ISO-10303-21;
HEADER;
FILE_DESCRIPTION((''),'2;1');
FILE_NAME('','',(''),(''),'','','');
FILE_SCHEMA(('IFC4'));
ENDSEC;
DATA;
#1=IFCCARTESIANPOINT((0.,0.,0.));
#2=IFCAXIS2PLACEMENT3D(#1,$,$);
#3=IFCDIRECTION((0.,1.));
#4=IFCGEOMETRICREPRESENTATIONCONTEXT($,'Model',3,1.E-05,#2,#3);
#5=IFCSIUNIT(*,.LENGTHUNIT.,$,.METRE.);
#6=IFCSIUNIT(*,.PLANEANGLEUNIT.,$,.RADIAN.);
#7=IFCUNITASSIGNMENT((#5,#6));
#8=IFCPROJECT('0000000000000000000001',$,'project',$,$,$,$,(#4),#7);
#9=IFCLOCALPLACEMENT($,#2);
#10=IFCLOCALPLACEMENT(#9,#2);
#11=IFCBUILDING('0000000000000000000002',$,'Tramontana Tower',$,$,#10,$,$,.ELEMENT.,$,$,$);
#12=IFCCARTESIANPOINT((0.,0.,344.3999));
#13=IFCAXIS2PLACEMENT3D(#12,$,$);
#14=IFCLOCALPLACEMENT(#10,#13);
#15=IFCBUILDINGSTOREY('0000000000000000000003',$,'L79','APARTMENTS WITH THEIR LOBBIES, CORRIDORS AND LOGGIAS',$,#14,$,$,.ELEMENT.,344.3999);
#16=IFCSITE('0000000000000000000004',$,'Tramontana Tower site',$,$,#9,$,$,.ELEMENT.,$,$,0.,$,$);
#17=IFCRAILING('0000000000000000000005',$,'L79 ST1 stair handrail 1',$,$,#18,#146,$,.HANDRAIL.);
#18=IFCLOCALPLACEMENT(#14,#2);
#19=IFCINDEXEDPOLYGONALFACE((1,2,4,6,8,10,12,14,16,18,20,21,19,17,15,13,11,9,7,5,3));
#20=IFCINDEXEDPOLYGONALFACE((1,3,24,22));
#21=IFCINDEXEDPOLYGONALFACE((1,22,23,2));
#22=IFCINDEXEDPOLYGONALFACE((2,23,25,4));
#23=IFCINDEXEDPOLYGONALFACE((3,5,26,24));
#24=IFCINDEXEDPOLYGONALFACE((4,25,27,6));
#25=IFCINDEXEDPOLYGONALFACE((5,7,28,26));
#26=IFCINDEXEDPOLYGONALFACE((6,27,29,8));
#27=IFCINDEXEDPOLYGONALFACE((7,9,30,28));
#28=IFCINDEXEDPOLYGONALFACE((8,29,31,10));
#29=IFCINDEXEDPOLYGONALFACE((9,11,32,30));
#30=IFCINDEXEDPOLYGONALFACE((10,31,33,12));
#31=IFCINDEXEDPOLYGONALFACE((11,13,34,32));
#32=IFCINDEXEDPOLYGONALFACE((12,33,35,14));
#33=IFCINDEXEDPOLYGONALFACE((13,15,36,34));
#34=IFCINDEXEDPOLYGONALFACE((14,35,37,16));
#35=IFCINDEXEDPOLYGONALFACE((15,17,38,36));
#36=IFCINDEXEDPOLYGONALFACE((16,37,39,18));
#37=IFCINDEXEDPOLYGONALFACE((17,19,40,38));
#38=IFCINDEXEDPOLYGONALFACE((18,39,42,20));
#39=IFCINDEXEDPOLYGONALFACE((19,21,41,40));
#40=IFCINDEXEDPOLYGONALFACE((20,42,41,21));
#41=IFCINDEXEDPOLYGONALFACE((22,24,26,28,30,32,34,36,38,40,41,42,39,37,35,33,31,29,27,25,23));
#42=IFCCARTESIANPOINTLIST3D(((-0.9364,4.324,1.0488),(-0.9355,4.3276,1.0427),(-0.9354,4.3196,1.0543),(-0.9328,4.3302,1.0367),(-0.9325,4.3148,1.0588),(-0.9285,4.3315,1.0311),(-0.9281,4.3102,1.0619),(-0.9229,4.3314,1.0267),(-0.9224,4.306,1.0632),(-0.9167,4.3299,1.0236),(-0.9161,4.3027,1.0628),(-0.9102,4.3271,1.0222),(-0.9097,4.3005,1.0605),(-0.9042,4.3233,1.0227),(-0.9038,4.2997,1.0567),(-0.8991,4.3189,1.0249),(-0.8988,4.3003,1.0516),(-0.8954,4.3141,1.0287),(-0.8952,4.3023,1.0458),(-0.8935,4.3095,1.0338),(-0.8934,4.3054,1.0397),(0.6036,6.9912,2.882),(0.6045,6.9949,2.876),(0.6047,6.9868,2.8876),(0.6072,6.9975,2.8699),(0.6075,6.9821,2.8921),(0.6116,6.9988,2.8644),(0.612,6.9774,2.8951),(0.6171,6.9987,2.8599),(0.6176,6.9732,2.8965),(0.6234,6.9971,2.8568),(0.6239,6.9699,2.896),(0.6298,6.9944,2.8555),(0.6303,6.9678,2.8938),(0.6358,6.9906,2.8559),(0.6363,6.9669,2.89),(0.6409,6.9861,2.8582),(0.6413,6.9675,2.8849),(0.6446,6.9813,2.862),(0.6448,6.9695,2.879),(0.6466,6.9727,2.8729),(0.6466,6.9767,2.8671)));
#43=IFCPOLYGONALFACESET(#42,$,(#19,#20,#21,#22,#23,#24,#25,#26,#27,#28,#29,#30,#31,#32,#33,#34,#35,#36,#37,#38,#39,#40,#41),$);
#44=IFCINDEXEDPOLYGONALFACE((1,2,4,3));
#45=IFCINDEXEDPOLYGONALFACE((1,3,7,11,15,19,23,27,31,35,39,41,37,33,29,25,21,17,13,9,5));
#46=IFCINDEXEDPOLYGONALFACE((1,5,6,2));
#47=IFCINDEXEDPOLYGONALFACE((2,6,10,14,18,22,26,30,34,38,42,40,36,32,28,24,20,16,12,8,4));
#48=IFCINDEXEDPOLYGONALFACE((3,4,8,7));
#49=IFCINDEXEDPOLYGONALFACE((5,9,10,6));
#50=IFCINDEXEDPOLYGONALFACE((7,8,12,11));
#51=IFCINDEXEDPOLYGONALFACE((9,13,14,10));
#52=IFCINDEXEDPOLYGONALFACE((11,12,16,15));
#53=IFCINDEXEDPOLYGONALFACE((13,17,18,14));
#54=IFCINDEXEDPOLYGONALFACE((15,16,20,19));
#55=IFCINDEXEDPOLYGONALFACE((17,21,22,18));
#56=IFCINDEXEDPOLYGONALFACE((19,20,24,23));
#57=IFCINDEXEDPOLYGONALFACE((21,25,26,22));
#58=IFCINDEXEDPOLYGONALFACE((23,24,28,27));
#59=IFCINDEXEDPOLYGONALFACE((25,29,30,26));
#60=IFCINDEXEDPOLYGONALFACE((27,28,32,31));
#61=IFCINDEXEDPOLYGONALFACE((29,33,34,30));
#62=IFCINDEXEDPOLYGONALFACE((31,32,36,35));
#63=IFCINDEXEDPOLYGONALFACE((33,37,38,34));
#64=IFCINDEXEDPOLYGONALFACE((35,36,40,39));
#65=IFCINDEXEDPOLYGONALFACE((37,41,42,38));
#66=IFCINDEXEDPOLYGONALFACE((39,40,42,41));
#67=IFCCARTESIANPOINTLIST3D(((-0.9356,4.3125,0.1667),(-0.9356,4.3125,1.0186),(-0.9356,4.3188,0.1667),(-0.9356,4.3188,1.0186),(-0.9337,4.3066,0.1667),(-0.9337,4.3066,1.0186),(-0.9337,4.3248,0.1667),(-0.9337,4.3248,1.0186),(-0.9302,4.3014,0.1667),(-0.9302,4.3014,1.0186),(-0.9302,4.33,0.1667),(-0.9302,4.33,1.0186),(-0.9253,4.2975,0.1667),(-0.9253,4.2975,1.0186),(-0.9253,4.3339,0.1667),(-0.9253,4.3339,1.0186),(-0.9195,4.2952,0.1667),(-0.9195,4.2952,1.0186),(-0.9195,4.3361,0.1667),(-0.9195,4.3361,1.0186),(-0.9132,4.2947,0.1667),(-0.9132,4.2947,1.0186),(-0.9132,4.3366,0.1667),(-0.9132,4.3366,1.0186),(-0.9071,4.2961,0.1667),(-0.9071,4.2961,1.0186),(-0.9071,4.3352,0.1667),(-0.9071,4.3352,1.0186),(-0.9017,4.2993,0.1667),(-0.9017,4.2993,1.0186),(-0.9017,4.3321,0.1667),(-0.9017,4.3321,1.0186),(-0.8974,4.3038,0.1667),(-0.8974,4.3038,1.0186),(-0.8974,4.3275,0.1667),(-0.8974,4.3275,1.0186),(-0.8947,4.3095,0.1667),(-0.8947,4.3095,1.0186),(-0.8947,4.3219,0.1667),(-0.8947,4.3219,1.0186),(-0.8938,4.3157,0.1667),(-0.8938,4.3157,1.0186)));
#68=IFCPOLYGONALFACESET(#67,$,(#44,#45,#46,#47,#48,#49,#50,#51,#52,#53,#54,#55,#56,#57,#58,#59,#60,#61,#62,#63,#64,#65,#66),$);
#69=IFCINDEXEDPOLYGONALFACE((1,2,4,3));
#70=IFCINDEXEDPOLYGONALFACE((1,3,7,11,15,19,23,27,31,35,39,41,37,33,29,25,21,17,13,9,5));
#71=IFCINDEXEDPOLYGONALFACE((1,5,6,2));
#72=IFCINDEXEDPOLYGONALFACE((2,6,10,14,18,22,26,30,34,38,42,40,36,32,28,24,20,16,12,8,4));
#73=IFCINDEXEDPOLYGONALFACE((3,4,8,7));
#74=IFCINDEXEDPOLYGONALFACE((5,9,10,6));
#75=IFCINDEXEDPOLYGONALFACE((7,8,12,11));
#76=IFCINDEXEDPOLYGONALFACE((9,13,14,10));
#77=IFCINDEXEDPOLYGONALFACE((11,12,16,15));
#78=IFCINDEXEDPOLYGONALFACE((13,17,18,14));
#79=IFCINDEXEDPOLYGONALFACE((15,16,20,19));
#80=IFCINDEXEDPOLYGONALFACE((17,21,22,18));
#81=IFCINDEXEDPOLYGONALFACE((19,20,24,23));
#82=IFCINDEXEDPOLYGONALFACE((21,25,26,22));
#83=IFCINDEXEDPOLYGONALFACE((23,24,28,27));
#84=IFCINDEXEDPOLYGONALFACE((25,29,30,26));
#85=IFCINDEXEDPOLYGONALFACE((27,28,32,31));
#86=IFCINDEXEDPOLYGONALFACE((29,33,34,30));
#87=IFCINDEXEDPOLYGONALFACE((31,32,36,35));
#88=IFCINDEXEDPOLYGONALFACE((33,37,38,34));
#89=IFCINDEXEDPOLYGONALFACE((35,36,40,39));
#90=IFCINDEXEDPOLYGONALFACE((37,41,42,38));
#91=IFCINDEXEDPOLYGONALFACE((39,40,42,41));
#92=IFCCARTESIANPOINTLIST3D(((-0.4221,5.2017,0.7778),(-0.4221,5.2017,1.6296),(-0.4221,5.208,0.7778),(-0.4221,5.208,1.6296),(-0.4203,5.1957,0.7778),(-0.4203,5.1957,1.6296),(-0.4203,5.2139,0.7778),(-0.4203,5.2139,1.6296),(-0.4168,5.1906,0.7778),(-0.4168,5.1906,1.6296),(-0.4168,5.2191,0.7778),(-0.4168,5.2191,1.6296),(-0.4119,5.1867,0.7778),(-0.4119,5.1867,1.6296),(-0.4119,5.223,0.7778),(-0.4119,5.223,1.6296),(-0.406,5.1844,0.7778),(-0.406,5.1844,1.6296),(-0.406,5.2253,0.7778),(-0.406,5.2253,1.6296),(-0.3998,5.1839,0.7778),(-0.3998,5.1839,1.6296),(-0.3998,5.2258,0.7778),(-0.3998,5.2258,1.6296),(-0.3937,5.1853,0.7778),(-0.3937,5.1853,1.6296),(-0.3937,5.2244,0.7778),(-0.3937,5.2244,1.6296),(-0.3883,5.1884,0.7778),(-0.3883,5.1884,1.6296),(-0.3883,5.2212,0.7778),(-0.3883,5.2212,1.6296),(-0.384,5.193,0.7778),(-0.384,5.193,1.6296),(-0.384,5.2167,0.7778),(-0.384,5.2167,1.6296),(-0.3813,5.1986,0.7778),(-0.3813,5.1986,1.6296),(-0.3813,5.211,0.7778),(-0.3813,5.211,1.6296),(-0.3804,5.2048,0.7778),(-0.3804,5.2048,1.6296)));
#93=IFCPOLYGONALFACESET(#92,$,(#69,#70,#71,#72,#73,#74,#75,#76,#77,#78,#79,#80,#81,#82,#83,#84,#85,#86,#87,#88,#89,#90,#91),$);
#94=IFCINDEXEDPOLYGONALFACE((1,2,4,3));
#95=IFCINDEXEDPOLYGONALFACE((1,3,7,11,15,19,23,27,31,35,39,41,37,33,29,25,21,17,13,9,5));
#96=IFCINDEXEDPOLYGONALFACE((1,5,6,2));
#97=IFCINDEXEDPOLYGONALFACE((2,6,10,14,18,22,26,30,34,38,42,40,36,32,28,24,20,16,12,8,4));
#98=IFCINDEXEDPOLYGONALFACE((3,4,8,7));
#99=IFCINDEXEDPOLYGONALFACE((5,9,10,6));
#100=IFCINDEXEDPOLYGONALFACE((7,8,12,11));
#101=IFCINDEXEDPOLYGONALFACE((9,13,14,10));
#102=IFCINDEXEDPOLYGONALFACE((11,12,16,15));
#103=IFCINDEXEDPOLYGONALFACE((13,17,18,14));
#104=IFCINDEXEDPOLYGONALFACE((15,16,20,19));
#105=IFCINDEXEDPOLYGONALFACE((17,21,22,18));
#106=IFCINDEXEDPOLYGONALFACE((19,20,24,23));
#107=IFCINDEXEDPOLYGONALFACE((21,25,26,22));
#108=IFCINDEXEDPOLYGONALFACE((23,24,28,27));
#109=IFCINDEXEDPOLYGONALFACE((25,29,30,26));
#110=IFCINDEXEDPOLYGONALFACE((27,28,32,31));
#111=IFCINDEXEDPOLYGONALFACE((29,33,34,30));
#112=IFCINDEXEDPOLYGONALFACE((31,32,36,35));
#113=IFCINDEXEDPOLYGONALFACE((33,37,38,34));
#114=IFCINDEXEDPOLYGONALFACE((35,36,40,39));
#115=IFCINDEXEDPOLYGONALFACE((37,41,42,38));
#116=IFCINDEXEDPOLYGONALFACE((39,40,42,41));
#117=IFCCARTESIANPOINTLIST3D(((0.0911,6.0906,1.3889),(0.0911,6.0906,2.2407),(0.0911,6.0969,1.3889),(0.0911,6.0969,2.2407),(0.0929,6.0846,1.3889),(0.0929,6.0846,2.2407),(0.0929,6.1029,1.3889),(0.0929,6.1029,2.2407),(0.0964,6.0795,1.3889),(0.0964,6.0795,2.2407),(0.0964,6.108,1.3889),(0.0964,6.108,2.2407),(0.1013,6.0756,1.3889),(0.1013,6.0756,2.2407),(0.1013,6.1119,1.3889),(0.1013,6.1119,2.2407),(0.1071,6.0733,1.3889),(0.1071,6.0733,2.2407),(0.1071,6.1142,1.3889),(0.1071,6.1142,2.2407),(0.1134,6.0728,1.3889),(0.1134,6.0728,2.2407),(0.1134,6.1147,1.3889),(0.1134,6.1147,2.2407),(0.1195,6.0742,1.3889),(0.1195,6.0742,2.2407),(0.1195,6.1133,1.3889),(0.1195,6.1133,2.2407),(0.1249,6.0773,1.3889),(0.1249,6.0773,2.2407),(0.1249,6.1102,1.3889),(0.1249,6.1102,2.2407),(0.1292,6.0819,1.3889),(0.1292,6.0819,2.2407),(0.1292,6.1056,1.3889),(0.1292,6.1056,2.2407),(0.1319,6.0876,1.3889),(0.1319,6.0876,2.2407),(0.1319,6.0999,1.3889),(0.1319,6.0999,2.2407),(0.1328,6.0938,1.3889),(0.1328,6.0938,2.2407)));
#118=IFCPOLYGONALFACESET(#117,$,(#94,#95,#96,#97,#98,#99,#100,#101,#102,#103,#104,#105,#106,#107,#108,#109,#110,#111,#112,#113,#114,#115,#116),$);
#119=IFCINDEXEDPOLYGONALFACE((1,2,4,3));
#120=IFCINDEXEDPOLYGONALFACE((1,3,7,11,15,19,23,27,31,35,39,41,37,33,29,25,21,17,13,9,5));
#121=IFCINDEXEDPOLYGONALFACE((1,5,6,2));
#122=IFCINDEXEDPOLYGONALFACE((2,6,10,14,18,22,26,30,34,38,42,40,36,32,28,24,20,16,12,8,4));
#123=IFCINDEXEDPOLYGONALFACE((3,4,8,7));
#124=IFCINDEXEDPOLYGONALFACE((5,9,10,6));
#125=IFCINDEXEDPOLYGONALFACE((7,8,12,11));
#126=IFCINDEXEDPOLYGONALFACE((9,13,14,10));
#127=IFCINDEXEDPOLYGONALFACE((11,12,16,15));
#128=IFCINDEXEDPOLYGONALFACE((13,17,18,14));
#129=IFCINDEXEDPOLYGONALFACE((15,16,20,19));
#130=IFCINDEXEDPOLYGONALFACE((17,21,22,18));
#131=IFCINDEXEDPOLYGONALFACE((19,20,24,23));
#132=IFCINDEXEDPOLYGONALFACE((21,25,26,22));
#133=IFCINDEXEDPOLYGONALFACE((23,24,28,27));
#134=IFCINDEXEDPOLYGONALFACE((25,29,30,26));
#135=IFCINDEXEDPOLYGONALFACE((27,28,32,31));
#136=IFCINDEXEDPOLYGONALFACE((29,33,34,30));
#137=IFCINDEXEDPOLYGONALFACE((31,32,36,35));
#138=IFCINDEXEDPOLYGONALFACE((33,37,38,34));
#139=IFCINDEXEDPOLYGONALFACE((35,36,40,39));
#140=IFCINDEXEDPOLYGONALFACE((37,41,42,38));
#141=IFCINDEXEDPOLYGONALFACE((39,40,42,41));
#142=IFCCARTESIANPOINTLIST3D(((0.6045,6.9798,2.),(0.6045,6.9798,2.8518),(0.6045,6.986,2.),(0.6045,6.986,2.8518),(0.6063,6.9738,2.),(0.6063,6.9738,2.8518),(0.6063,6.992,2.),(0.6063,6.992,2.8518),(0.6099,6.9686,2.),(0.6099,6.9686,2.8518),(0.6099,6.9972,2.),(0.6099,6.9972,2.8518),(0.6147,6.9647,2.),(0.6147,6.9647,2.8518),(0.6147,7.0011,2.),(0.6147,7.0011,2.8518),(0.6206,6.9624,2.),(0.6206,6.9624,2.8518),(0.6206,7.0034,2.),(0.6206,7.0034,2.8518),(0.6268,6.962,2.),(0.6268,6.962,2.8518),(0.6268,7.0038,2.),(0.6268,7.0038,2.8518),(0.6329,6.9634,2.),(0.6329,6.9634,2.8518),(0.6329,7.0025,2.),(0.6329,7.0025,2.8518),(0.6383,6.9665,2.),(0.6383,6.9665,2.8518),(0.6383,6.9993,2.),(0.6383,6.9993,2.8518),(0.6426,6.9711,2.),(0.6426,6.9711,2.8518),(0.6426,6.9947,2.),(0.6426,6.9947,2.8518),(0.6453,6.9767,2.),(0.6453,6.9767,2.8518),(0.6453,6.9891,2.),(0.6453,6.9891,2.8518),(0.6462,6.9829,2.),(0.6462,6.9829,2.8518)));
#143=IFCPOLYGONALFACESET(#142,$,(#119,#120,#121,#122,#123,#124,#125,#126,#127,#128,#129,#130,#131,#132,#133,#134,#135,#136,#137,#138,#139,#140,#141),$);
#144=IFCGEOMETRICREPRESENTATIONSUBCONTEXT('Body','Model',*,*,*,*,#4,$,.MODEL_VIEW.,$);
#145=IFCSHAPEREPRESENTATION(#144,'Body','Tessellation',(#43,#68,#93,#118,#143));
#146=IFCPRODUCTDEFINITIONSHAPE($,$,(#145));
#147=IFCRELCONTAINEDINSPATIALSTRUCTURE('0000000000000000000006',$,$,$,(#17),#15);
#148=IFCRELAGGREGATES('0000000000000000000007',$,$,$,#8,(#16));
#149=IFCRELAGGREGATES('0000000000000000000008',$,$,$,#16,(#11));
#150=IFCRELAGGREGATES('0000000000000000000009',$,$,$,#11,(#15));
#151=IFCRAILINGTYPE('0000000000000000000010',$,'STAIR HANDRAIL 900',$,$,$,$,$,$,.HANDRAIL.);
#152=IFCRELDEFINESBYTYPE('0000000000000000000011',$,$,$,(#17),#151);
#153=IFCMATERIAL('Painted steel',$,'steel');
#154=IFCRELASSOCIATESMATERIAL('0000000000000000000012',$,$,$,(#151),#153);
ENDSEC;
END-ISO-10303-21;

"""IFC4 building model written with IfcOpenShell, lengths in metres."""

from ifc_helpers import new_model, si_unit, direction, frame, origin, origin_2d, place, context, subcontext, project, spatial, circle, extrude, material, type_object, element, save


model = new_model("IFC4")

# Units and contexts
model_context = context("Model", 3, precision=1e-05, world=origin(), true_north=direction((0.0, 1.0)))
body_context = subcontext(model_context, "Body", "Model", "MODEL_VIEW")
ifc_project = project(units=[si_unit("LENGTHUNIT", "METRE"), si_unit("PLANEANGLEUNIT", "RADIAN")], contexts=[model_context])

# Site, building, storey
site_placement = place(None, origin())
site = spatial("IfcSite", under=ifc_project, at=site_placement, Name="Tramontana Tower site", CompositionType="ELEMENT", RefElevation=0.0)
building_placement = place(site_placement, origin())
building = spatial("IfcBuilding", under=site, at=building_placement, Name="Tramontana Tower", CompositionType="ELEMENT")
storey_placement = place(building_placement, frame((0.0, 0.0, 344.3999)))
storey = spatial("IfcBuildingStorey", under=building, at=storey_placement, Name="L79", Description="APARTMENTS WITH THEIR LOBBIES, CORRIDORS AND LOGGIAS", CompositionType="ELEMENT", Elevation=344.3999)

# Railing
ifc_material_1 = material(Name="Painted steel", Category="steel")
railing_type_1 = type_object("IfcRailingType", Name="STAIR HANDRAIL 900", PredefinedType="HANDRAIL", material=ifc_material_1)
railing_1_placement = place(storey_placement, frame((-0.9148, 4.3157, 0.1667)))
element("IfcRailing", 1, at=railing_1_placement, inside=storey, type_object=railing_type_1, Name="L79 ST1 stair handrail 1", PredefinedType="HANDRAIL", context=body_context, shape_type="SweptSolid", body=[
    extrude(circle(Radius=0.0239, at=origin_2d()), frame((0.0, 0.0, 0.876), z_axis=(0.429671, 0.744159, 0.511478), x_axis=(-0.86601, 0.500027, 0.0)), (0.0, 0.0, 1.0), 3.5842),
    extrude(circle(Radius=0.021, at=origin_2d()), origin(), (0.0, 0.0, 1.0), 0.8518),
    extrude(circle(Radius=0.021, at=origin_2d()), frame((0.5134, 0.8892, 0.6111)), (0.0, 0.0, 1.0), 0.8518),
    extrude(circle(Radius=0.021, at=origin_2d()), frame((1.0266, 1.7781, 1.2222)), (0.0, 0.0, 1.0), 0.8518),
    extrude(circle(Radius=0.021, at=origin_2d()), frame((1.54, 2.6672, 1.8333)), (0.0, 0.0, 1.0), 0.8518),
])

save(model, "model.ifc")
